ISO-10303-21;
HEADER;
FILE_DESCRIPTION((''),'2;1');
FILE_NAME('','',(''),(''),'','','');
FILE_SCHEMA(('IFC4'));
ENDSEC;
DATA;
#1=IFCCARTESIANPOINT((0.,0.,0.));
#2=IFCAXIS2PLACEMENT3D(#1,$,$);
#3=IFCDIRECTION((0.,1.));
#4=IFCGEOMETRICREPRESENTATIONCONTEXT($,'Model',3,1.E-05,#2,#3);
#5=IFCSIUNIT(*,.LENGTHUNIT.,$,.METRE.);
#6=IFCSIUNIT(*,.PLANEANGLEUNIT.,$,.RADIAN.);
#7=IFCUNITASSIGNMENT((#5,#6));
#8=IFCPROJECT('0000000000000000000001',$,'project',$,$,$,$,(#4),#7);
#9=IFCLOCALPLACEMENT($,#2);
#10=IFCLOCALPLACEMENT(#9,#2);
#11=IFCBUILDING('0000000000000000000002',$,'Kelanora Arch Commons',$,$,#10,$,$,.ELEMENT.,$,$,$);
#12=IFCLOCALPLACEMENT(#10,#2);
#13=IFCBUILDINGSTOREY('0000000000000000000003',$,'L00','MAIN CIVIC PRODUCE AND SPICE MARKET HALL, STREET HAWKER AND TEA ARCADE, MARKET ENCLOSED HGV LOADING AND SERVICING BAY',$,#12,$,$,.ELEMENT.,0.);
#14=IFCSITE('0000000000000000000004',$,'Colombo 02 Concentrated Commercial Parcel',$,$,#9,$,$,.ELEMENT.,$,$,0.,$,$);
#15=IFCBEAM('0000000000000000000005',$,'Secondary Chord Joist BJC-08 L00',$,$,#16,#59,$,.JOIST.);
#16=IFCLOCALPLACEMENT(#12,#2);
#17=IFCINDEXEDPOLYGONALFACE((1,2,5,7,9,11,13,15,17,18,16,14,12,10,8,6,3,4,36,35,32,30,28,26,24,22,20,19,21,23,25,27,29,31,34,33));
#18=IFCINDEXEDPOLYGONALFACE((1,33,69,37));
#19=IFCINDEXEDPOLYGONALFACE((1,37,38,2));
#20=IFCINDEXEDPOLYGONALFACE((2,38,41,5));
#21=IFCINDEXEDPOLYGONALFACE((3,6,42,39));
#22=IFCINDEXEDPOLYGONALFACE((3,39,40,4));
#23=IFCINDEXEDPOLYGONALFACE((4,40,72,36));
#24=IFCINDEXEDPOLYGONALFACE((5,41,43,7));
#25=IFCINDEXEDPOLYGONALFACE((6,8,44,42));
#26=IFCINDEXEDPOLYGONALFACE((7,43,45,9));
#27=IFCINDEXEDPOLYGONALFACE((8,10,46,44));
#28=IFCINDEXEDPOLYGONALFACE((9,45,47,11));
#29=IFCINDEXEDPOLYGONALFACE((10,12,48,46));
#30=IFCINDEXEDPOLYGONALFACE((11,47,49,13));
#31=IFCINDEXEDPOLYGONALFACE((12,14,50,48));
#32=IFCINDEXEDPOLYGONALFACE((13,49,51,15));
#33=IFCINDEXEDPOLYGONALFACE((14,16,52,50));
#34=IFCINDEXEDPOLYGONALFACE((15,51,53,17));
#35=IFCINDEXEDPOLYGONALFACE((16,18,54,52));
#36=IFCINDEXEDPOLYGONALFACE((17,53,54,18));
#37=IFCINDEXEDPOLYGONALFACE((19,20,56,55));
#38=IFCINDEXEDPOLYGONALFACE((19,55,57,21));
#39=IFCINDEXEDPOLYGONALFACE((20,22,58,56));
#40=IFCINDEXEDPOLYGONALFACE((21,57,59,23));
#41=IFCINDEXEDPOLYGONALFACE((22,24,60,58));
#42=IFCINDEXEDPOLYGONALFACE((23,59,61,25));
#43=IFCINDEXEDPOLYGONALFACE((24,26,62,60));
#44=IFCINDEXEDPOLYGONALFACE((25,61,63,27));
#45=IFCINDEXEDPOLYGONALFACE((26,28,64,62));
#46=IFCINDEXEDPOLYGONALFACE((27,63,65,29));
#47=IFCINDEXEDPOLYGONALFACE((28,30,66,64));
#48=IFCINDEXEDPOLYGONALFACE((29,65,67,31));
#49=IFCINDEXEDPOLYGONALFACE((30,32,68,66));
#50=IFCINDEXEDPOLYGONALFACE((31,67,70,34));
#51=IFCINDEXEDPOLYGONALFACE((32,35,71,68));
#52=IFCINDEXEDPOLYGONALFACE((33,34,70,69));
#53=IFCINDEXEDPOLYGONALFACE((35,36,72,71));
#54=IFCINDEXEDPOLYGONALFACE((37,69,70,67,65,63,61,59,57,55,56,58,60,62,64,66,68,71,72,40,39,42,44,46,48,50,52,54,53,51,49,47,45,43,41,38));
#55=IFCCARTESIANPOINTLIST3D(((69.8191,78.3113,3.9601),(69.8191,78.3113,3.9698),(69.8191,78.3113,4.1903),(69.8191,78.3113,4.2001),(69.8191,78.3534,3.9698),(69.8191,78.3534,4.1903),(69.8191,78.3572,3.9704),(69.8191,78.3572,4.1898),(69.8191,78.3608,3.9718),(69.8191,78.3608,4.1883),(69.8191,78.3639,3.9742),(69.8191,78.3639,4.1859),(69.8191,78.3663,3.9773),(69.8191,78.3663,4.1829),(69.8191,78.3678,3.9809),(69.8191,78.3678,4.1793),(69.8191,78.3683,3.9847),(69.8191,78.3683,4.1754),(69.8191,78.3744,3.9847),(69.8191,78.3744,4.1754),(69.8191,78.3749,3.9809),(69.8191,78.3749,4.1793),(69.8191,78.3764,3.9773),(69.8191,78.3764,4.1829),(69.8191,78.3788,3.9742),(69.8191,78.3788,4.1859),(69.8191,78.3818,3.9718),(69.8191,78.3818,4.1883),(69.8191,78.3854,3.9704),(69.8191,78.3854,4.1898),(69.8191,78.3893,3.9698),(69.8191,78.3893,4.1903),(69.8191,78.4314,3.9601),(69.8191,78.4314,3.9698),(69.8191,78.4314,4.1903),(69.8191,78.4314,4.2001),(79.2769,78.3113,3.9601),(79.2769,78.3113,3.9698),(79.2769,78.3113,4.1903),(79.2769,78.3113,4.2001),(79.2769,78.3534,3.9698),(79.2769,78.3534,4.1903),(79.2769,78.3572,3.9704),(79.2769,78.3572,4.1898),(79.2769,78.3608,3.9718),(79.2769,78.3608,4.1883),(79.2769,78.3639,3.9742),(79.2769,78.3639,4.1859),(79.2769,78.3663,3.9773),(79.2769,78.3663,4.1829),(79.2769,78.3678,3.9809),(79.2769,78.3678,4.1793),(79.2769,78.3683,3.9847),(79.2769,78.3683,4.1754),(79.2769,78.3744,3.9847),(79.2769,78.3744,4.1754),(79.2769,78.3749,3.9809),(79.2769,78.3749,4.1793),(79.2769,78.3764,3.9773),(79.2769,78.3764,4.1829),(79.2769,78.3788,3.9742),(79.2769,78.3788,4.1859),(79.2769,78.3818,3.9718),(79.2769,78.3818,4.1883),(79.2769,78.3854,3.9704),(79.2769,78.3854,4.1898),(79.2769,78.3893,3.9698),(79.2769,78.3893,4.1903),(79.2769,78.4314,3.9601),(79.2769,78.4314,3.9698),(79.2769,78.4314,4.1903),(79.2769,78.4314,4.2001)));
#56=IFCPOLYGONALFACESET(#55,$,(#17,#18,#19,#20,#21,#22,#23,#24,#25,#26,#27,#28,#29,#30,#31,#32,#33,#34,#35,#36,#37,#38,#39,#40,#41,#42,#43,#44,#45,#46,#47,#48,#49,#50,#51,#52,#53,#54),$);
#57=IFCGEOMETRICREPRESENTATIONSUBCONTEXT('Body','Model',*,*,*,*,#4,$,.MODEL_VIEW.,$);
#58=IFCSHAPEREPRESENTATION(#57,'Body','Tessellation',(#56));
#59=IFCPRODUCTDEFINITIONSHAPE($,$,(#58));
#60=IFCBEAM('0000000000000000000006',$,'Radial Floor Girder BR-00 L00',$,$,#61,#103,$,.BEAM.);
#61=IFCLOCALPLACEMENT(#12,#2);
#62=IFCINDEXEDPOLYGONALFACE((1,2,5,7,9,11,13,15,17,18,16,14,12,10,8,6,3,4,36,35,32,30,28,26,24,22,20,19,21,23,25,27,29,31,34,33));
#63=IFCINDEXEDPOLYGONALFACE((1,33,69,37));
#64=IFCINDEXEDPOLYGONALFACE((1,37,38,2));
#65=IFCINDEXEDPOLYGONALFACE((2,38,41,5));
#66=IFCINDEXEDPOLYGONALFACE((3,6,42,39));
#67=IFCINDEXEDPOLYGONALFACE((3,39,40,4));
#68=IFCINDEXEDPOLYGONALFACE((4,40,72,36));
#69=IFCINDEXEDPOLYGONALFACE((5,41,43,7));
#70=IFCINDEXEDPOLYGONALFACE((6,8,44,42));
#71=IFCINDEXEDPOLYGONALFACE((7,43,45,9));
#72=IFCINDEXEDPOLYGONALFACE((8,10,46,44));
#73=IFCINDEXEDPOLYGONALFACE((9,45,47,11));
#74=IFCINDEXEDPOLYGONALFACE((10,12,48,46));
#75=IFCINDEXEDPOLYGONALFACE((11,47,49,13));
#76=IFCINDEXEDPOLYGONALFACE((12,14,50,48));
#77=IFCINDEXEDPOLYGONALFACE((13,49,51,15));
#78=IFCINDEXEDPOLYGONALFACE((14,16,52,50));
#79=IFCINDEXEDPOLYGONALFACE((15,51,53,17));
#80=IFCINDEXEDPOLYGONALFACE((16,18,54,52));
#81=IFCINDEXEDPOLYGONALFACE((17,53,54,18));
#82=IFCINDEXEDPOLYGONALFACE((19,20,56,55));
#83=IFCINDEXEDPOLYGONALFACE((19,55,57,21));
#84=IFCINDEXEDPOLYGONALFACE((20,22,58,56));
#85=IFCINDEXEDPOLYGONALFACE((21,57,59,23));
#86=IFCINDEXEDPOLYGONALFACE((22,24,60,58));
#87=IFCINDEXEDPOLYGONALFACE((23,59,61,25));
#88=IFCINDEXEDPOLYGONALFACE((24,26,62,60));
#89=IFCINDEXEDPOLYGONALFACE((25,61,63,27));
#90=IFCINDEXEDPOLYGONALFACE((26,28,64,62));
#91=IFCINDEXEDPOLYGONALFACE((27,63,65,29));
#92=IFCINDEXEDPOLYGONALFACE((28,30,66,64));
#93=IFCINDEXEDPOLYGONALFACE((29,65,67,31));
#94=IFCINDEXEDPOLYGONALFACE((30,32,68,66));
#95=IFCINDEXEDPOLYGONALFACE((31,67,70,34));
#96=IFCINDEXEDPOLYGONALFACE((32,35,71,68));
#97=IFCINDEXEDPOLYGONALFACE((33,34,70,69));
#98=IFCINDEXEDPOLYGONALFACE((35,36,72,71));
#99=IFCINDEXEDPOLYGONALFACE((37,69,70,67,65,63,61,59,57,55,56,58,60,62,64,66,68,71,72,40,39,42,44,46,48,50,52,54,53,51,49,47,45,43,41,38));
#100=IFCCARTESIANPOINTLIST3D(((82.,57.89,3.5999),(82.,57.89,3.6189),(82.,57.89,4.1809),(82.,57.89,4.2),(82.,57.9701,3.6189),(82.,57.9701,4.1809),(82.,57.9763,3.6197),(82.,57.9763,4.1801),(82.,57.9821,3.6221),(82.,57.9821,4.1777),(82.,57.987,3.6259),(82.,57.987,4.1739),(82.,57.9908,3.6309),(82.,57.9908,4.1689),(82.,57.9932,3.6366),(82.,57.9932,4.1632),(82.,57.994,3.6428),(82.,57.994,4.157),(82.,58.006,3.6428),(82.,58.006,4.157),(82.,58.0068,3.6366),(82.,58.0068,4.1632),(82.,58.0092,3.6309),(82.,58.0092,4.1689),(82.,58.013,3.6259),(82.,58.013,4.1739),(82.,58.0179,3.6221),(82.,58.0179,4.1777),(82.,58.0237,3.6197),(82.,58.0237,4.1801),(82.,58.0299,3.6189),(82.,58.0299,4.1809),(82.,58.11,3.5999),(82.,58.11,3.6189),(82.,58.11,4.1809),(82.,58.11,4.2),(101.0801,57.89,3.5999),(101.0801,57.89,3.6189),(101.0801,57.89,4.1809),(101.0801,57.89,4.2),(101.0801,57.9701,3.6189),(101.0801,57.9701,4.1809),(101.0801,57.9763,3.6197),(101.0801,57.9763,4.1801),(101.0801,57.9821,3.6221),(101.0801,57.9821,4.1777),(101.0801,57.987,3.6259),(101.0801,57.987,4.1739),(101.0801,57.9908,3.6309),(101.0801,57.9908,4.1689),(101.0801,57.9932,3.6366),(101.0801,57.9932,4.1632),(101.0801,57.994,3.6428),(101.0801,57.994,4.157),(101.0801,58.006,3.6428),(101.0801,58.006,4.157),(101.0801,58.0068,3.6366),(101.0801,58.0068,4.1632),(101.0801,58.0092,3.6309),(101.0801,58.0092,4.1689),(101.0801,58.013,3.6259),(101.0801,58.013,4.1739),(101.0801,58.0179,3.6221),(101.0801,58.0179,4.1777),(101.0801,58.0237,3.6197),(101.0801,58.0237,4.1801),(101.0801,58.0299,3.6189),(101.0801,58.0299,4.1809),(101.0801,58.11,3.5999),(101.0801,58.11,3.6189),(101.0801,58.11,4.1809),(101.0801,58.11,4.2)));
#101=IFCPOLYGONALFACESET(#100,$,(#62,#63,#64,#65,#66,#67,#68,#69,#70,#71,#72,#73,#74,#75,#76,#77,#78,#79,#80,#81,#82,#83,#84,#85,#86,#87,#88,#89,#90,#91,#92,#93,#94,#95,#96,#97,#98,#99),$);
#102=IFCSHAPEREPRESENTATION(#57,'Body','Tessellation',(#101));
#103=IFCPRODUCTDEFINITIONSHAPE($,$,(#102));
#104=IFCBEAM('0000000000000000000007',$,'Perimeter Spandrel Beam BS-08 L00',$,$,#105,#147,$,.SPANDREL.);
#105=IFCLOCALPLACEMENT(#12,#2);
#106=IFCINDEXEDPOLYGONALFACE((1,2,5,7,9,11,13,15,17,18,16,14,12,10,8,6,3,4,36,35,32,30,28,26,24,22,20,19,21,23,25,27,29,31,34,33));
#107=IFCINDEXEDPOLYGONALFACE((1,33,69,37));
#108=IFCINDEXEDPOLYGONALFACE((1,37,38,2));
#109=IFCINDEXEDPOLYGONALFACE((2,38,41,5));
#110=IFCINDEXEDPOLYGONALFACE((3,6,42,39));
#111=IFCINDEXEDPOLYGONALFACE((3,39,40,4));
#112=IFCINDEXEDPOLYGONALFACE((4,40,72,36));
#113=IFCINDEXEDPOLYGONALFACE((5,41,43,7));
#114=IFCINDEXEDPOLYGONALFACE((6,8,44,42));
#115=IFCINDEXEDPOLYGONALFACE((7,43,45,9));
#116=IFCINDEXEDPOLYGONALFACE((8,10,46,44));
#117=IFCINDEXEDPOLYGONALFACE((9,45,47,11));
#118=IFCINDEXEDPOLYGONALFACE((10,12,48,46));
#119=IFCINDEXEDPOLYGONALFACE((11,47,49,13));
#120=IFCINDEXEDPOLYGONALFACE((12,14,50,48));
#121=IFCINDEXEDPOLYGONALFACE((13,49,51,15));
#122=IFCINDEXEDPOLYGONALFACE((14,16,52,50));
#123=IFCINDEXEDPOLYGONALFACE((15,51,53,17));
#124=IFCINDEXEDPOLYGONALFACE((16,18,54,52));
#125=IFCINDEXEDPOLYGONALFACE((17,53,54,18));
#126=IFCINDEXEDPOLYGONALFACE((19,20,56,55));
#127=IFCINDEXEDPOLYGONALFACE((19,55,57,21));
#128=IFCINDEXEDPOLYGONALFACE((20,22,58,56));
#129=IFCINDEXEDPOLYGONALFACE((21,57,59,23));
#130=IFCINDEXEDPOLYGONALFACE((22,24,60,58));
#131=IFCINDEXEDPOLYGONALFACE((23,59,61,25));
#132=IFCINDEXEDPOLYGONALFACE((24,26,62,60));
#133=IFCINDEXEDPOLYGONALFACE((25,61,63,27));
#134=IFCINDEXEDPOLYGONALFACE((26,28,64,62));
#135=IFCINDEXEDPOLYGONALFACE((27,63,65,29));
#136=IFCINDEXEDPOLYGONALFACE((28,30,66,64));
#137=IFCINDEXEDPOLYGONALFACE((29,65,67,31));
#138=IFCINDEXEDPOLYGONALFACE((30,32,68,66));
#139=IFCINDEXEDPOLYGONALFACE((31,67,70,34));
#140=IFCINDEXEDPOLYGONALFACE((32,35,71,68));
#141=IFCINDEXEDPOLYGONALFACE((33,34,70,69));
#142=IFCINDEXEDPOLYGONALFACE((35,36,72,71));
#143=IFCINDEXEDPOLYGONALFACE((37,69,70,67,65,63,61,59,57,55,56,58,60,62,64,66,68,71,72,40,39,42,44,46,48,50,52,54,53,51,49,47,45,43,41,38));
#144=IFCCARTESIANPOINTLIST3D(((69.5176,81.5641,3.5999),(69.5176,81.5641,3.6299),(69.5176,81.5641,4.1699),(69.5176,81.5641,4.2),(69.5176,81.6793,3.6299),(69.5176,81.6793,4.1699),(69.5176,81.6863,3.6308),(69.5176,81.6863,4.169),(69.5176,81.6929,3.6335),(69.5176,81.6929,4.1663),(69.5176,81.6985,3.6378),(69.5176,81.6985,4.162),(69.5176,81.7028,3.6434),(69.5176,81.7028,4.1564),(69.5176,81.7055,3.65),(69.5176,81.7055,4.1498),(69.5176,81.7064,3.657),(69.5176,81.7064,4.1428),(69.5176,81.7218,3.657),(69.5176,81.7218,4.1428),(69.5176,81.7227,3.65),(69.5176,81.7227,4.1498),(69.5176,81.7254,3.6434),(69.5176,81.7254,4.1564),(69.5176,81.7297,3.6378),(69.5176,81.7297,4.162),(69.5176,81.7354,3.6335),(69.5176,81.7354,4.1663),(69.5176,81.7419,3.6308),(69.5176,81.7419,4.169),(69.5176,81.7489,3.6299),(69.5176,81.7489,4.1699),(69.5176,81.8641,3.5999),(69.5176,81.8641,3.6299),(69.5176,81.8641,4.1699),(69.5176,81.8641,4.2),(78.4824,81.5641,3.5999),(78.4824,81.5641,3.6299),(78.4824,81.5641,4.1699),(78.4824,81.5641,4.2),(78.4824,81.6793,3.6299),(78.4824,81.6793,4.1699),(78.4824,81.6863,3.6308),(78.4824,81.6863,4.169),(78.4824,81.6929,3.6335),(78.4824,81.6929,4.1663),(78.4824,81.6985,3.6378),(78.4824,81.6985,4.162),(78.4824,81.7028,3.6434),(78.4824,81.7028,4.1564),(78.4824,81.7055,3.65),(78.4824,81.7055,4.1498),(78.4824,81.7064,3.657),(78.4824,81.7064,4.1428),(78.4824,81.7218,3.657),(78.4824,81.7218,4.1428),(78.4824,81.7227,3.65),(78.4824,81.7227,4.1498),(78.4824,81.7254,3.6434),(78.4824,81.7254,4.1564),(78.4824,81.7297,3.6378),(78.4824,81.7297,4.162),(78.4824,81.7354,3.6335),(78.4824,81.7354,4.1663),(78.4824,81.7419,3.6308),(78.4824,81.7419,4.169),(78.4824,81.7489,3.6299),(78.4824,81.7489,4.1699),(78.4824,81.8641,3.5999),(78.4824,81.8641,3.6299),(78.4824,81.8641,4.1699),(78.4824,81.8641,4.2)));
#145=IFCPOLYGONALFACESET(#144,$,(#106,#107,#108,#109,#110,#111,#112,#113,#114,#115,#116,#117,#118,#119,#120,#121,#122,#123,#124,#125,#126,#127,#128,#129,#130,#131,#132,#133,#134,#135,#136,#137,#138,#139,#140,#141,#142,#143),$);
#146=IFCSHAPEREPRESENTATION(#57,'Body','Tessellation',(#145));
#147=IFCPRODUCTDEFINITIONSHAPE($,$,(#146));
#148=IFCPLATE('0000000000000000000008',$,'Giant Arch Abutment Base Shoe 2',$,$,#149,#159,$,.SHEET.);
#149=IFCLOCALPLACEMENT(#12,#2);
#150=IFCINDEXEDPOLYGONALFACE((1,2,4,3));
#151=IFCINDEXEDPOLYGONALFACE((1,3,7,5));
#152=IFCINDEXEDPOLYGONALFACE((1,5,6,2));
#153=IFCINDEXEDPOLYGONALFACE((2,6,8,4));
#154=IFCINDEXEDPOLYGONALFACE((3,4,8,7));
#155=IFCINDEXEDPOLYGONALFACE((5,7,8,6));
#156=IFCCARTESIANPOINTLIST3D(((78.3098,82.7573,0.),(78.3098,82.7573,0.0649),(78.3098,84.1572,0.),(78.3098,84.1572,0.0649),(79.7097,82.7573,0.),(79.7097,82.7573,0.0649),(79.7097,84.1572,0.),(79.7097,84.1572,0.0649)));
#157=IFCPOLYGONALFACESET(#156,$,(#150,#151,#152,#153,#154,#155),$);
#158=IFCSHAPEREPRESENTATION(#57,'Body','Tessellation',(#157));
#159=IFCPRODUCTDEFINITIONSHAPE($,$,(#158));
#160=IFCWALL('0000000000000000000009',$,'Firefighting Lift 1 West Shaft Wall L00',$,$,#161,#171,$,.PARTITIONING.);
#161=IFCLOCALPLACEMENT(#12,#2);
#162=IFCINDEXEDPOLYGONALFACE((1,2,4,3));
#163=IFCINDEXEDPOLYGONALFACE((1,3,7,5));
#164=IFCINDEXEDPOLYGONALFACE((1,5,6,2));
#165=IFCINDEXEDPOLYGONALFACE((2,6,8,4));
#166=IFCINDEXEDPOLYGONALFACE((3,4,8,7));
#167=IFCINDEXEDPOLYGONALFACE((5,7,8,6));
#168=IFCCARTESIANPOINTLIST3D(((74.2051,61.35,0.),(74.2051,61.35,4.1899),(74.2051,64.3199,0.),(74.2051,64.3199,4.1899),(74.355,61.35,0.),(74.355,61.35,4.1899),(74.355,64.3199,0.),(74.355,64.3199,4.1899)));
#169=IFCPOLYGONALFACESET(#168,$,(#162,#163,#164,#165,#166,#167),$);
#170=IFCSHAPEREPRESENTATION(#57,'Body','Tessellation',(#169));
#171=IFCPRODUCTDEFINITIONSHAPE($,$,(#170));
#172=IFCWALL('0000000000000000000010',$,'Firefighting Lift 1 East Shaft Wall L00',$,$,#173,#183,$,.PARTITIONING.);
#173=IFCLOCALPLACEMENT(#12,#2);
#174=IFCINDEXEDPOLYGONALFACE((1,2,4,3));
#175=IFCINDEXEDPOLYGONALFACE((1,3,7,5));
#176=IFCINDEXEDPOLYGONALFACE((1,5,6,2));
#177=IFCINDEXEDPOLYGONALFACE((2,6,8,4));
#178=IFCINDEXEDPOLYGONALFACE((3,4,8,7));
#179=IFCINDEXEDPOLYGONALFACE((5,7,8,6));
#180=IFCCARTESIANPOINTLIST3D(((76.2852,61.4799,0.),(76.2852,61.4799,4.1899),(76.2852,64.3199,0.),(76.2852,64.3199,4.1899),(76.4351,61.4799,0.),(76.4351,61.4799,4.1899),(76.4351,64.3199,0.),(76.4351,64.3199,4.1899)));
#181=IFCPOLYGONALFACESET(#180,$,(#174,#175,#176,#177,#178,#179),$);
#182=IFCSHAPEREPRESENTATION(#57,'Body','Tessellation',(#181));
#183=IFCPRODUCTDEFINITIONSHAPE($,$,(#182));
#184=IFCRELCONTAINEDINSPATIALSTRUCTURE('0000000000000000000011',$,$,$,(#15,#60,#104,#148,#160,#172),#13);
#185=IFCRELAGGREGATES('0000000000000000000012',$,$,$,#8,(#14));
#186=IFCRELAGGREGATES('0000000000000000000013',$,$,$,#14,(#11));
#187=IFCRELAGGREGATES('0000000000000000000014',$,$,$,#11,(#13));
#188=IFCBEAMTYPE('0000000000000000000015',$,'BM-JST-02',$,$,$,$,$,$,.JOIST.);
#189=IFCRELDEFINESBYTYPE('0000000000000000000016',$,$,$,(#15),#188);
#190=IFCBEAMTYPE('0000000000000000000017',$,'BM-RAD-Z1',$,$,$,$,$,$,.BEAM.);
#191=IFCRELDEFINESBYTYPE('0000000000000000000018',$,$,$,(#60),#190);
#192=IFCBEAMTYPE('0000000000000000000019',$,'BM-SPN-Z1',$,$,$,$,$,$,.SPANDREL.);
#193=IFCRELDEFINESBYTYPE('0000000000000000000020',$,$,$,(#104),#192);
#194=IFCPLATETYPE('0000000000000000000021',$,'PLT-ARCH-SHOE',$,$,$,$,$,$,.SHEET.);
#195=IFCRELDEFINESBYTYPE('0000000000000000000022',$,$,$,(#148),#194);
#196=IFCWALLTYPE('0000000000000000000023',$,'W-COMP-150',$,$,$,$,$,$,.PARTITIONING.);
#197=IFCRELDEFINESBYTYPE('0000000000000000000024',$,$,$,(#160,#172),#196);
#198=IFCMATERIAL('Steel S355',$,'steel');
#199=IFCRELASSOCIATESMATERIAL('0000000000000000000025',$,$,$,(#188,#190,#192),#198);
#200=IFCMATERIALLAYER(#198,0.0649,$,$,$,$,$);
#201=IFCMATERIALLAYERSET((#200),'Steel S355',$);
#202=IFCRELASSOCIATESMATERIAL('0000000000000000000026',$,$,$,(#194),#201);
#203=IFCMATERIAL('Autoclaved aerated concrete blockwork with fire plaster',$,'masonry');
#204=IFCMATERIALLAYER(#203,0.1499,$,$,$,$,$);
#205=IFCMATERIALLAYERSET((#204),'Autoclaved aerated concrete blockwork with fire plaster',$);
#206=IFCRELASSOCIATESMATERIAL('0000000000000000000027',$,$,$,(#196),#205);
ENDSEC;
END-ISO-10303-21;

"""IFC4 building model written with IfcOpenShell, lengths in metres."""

from ifc_helpers import new_model, si_unit, direction, frame, frame_2d, origin, origin_2d, place, context, subcontext, project, spatial, rectangle, i_section, extrude, source, transform, mapped, material, layer, layer_set, material_profile, profile_set, type_object, element, save


model = new_model("IFC4")

# Units and contexts
model_context = context("Model", 3, precision=1e-05, world=origin(), true_north=direction((0.0, 1.0)))
body_context = subcontext(model_context, "Body", "Model", "MODEL_VIEW")
ifc_project = project(units=[si_unit("LENGTHUNIT", "METRE"), si_unit("PLANEANGLEUNIT", "RADIAN")], contexts=[model_context])

# Site, building, storey
site_placement = place(None, origin())
site = spatial("IfcSite", under=ifc_project, at=site_placement, Name="Colombo 02 Concentrated Commercial Parcel", CompositionType="ELEMENT", RefElevation=0.0)
building_placement = place(site_placement, origin())
building = spatial("IfcBuilding", under=site, at=building_placement, Name="Kelanora Arch Commons", CompositionType="ELEMENT")
storey_placement = place(building_placement, origin())
storey = spatial("IfcBuildingStorey", under=building, at=storey_placement, Name="L00", Description="MAIN CIVIC PRODUCE AND SPICE MARKET HALL, STREET HAWKER AND TEA ARCADE, MARKET ENCLOSED HGV LOADING AND SERVICING BAY", CompositionType="ELEMENT", Elevation=0.0)

# Shared definitions
ifc_material_1 = material(Name="Steel S355", Category="steel")

# Beams
ifc_material_profile_1 = material_profile(ifc_material_1, i_section(OverallWidth=0.1201, OverallDepth=0.24, WebThickness=0.0061, FlangeThickness=0.0098, FilletRadius=0.0149, at=origin_2d()), Name="IPE240")
ifc_profile_set_1 = profile_set([ifc_material_profile_1], Name="Steel S355")
beam_type_1 = type_object("IfcBeamType", Name="BM-JST-02", PredefinedType="JOIST", material=ifc_profile_set_1)
beam_1_placement = place(storey_placement, frame((79.2769, 78.3713, 4.0801), z_axis=(-1.0, 0.0, 0.0), x_axis=(0.0, -1.0, 0.0)))
element("IfcBeam", 1, at=beam_1_placement, inside=storey, type_object=beam_type_1, Name="Secondary Chord Joist BJC-08 L00", PredefinedType="JOIST", context=body_context, shape_type="SweptSolid", body=[
    extrude(i_section(OverallWidth=0.1201, OverallDepth=0.24, WebThickness=0.0061, FlangeThickness=0.0098, FilletRadius=0.0149, at=origin_2d()), origin(), (0.0, 0.0, 1.0), 9.4578),
])
ifc_material_profile_2 = material_profile(ifc_material_1, i_section(OverallWidth=0.22, OverallDepth=0.6001, WebThickness=0.012, FlangeThickness=0.019, FilletRadius=0.0239, at=origin_2d()), Name="IPE600")
ifc_profile_set_2 = profile_set([ifc_material_profile_2], Name="Steel S355")
beam_type_2 = type_object("IfcBeamType", Name="BM-RAD-Z1", PredefinedType="BEAM", material=ifc_profile_set_2)
beam_2_placement = place(storey_placement, frame((82.0, 58.0, 3.8999), z_axis=(1.0, 0.0, 0.0), x_axis=(0.0, 1.0, 0.0)))
element("IfcBeam", 2, at=beam_2_placement, inside=storey, type_object=beam_type_2, Name="Radial Floor Girder BR-00 L00", PredefinedType="BEAM", context=body_context, shape_type="SweptSolid", body=[
    extrude(i_section(OverallWidth=0.22, OverallDepth=0.6001, WebThickness=0.012, FlangeThickness=0.019, FilletRadius=0.0239, at=origin_2d()), origin(), (0.0, 0.0, 1.0), 19.0801),
])
ifc_material_profile_3 = material_profile(ifc_material_1, i_section(OverallWidth=0.3, OverallDepth=0.6001, WebThickness=0.0154, FlangeThickness=0.03, FilletRadius=0.0271, at=origin_2d()), Name="HEB600")
ifc_profile_set_3 = profile_set([ifc_material_profile_3], Name="Steel S355")
beam_type_3 = type_object("IfcBeamType", Name="BM-SPN-Z1", PredefinedType="SPANDREL", material=ifc_profile_set_3)
beam_3_placement = place(storey_placement, frame((78.4824, 81.7141, 3.8999), z_axis=(-1.0, 0.0, 0.0), x_axis=(0.0, -1.0, 0.0)))
element("IfcBeam", 3, at=beam_3_placement, inside=storey, type_object=beam_type_3, Name="Perimeter Spandrel Beam BS-08 L00", PredefinedType="SPANDREL", context=body_context, shape_type="SweptSolid", body=[
    extrude(i_section(OverallWidth=0.3, OverallDepth=0.6001, WebThickness=0.0154, FlangeThickness=0.03, FilletRadius=0.0271, at=origin_2d()), origin(), (0.0, 0.0, 1.0), 8.9648),
])

# Plate
ifc_layer_1 = layer(ifc_material_1, 0.0649)
ifc_layer_set_1 = layer_set([ifc_layer_1], Name="Steel S355")
plate_type = type_object("IfcPlateType", Name="PLT-ARCH-SHOE", PredefinedType="SHEET", material=ifc_layer_set_1)
shared_shape_1 = source(origin(), body_context, "Body", "SweptSolid", [
    extrude(rectangle(XDim=1.3999, YDim=1.3999, at=origin_2d()), origin(), (0.0, 0.0, 1.0), 0.0649),
])
plate_placement = place(storey_placement, frame((79.0098, 83.4573, 0.0), z_axis=(0.0, 0.0, 1.0), x_axis=(1.0, 0.0, 0.0)))
element("IfcPlate", 4, at=plate_placement, inside=storey, type_object=plate_type, Name="Giant Arch Abutment Base Shoe 2", PredefinedType="SHEET", context=body_context, shape_type="MappedRepresentation", body=[
    mapped(shared_shape_1, transform((0.0, 0.0, 0.0), scale=1.0)),
])

# Walls
ifc_material_2 = material(Name="Autoclaved aerated concrete blockwork with fire plaster", Category="masonry")
ifc_layer_2 = layer(ifc_material_2, 0.1499)
ifc_layer_set_2 = layer_set([ifc_layer_2], Name="Autoclaved aerated concrete blockwork with fire plaster")
wall_type_1 = type_object("IfcWallType", Name="W-COMP-150", PredefinedType="PARTITIONING", material=ifc_layer_set_2)
wall_1_placement = place(storey_placement, frame((74.28, 61.3501, 0.0), z_axis=(0.0, 0.0, 1.0), x_axis=(0.0, 1.0, 0.0)))
element("IfcWall", 5, at=wall_1_placement, inside=storey, type_object=wall_type_1, Name="Firefighting Lift 1 West Shaft Wall L00", PredefinedType="PARTITIONING", context=body_context, shape_type="SweptSolid", body=[
    extrude(rectangle(XDim=2.97, YDim=0.1499, at=frame_2d((1.4849, 0.0))), origin(), (0.0, 0.0, 1.0), 4.1899),
])
for number, where, z_axis, x_axis, name in (
    (6, (76.3601, 61.48, 0.0), (0.0, 0.0, 1.0), (0.0, 1.0, 0.0), "Firefighting Lift 1 East Shaft Wall L00"),
):
    element("IfcWall", number, at=place(storey_placement, frame(where, z_axis=z_axis, x_axis=x_axis)), inside=storey, type_object=wall_type_1, Name=name, PredefinedType="PARTITIONING", context=body_context, shape_type="SweptSolid", body=[
        extrude(rectangle(XDim=2.8401, YDim=0.1499, at=frame_2d((1.4199, 0.0))), origin(), (0.0, 0.0, 1.0), 4.1899),
    ])

save(model, "model.ifc")
